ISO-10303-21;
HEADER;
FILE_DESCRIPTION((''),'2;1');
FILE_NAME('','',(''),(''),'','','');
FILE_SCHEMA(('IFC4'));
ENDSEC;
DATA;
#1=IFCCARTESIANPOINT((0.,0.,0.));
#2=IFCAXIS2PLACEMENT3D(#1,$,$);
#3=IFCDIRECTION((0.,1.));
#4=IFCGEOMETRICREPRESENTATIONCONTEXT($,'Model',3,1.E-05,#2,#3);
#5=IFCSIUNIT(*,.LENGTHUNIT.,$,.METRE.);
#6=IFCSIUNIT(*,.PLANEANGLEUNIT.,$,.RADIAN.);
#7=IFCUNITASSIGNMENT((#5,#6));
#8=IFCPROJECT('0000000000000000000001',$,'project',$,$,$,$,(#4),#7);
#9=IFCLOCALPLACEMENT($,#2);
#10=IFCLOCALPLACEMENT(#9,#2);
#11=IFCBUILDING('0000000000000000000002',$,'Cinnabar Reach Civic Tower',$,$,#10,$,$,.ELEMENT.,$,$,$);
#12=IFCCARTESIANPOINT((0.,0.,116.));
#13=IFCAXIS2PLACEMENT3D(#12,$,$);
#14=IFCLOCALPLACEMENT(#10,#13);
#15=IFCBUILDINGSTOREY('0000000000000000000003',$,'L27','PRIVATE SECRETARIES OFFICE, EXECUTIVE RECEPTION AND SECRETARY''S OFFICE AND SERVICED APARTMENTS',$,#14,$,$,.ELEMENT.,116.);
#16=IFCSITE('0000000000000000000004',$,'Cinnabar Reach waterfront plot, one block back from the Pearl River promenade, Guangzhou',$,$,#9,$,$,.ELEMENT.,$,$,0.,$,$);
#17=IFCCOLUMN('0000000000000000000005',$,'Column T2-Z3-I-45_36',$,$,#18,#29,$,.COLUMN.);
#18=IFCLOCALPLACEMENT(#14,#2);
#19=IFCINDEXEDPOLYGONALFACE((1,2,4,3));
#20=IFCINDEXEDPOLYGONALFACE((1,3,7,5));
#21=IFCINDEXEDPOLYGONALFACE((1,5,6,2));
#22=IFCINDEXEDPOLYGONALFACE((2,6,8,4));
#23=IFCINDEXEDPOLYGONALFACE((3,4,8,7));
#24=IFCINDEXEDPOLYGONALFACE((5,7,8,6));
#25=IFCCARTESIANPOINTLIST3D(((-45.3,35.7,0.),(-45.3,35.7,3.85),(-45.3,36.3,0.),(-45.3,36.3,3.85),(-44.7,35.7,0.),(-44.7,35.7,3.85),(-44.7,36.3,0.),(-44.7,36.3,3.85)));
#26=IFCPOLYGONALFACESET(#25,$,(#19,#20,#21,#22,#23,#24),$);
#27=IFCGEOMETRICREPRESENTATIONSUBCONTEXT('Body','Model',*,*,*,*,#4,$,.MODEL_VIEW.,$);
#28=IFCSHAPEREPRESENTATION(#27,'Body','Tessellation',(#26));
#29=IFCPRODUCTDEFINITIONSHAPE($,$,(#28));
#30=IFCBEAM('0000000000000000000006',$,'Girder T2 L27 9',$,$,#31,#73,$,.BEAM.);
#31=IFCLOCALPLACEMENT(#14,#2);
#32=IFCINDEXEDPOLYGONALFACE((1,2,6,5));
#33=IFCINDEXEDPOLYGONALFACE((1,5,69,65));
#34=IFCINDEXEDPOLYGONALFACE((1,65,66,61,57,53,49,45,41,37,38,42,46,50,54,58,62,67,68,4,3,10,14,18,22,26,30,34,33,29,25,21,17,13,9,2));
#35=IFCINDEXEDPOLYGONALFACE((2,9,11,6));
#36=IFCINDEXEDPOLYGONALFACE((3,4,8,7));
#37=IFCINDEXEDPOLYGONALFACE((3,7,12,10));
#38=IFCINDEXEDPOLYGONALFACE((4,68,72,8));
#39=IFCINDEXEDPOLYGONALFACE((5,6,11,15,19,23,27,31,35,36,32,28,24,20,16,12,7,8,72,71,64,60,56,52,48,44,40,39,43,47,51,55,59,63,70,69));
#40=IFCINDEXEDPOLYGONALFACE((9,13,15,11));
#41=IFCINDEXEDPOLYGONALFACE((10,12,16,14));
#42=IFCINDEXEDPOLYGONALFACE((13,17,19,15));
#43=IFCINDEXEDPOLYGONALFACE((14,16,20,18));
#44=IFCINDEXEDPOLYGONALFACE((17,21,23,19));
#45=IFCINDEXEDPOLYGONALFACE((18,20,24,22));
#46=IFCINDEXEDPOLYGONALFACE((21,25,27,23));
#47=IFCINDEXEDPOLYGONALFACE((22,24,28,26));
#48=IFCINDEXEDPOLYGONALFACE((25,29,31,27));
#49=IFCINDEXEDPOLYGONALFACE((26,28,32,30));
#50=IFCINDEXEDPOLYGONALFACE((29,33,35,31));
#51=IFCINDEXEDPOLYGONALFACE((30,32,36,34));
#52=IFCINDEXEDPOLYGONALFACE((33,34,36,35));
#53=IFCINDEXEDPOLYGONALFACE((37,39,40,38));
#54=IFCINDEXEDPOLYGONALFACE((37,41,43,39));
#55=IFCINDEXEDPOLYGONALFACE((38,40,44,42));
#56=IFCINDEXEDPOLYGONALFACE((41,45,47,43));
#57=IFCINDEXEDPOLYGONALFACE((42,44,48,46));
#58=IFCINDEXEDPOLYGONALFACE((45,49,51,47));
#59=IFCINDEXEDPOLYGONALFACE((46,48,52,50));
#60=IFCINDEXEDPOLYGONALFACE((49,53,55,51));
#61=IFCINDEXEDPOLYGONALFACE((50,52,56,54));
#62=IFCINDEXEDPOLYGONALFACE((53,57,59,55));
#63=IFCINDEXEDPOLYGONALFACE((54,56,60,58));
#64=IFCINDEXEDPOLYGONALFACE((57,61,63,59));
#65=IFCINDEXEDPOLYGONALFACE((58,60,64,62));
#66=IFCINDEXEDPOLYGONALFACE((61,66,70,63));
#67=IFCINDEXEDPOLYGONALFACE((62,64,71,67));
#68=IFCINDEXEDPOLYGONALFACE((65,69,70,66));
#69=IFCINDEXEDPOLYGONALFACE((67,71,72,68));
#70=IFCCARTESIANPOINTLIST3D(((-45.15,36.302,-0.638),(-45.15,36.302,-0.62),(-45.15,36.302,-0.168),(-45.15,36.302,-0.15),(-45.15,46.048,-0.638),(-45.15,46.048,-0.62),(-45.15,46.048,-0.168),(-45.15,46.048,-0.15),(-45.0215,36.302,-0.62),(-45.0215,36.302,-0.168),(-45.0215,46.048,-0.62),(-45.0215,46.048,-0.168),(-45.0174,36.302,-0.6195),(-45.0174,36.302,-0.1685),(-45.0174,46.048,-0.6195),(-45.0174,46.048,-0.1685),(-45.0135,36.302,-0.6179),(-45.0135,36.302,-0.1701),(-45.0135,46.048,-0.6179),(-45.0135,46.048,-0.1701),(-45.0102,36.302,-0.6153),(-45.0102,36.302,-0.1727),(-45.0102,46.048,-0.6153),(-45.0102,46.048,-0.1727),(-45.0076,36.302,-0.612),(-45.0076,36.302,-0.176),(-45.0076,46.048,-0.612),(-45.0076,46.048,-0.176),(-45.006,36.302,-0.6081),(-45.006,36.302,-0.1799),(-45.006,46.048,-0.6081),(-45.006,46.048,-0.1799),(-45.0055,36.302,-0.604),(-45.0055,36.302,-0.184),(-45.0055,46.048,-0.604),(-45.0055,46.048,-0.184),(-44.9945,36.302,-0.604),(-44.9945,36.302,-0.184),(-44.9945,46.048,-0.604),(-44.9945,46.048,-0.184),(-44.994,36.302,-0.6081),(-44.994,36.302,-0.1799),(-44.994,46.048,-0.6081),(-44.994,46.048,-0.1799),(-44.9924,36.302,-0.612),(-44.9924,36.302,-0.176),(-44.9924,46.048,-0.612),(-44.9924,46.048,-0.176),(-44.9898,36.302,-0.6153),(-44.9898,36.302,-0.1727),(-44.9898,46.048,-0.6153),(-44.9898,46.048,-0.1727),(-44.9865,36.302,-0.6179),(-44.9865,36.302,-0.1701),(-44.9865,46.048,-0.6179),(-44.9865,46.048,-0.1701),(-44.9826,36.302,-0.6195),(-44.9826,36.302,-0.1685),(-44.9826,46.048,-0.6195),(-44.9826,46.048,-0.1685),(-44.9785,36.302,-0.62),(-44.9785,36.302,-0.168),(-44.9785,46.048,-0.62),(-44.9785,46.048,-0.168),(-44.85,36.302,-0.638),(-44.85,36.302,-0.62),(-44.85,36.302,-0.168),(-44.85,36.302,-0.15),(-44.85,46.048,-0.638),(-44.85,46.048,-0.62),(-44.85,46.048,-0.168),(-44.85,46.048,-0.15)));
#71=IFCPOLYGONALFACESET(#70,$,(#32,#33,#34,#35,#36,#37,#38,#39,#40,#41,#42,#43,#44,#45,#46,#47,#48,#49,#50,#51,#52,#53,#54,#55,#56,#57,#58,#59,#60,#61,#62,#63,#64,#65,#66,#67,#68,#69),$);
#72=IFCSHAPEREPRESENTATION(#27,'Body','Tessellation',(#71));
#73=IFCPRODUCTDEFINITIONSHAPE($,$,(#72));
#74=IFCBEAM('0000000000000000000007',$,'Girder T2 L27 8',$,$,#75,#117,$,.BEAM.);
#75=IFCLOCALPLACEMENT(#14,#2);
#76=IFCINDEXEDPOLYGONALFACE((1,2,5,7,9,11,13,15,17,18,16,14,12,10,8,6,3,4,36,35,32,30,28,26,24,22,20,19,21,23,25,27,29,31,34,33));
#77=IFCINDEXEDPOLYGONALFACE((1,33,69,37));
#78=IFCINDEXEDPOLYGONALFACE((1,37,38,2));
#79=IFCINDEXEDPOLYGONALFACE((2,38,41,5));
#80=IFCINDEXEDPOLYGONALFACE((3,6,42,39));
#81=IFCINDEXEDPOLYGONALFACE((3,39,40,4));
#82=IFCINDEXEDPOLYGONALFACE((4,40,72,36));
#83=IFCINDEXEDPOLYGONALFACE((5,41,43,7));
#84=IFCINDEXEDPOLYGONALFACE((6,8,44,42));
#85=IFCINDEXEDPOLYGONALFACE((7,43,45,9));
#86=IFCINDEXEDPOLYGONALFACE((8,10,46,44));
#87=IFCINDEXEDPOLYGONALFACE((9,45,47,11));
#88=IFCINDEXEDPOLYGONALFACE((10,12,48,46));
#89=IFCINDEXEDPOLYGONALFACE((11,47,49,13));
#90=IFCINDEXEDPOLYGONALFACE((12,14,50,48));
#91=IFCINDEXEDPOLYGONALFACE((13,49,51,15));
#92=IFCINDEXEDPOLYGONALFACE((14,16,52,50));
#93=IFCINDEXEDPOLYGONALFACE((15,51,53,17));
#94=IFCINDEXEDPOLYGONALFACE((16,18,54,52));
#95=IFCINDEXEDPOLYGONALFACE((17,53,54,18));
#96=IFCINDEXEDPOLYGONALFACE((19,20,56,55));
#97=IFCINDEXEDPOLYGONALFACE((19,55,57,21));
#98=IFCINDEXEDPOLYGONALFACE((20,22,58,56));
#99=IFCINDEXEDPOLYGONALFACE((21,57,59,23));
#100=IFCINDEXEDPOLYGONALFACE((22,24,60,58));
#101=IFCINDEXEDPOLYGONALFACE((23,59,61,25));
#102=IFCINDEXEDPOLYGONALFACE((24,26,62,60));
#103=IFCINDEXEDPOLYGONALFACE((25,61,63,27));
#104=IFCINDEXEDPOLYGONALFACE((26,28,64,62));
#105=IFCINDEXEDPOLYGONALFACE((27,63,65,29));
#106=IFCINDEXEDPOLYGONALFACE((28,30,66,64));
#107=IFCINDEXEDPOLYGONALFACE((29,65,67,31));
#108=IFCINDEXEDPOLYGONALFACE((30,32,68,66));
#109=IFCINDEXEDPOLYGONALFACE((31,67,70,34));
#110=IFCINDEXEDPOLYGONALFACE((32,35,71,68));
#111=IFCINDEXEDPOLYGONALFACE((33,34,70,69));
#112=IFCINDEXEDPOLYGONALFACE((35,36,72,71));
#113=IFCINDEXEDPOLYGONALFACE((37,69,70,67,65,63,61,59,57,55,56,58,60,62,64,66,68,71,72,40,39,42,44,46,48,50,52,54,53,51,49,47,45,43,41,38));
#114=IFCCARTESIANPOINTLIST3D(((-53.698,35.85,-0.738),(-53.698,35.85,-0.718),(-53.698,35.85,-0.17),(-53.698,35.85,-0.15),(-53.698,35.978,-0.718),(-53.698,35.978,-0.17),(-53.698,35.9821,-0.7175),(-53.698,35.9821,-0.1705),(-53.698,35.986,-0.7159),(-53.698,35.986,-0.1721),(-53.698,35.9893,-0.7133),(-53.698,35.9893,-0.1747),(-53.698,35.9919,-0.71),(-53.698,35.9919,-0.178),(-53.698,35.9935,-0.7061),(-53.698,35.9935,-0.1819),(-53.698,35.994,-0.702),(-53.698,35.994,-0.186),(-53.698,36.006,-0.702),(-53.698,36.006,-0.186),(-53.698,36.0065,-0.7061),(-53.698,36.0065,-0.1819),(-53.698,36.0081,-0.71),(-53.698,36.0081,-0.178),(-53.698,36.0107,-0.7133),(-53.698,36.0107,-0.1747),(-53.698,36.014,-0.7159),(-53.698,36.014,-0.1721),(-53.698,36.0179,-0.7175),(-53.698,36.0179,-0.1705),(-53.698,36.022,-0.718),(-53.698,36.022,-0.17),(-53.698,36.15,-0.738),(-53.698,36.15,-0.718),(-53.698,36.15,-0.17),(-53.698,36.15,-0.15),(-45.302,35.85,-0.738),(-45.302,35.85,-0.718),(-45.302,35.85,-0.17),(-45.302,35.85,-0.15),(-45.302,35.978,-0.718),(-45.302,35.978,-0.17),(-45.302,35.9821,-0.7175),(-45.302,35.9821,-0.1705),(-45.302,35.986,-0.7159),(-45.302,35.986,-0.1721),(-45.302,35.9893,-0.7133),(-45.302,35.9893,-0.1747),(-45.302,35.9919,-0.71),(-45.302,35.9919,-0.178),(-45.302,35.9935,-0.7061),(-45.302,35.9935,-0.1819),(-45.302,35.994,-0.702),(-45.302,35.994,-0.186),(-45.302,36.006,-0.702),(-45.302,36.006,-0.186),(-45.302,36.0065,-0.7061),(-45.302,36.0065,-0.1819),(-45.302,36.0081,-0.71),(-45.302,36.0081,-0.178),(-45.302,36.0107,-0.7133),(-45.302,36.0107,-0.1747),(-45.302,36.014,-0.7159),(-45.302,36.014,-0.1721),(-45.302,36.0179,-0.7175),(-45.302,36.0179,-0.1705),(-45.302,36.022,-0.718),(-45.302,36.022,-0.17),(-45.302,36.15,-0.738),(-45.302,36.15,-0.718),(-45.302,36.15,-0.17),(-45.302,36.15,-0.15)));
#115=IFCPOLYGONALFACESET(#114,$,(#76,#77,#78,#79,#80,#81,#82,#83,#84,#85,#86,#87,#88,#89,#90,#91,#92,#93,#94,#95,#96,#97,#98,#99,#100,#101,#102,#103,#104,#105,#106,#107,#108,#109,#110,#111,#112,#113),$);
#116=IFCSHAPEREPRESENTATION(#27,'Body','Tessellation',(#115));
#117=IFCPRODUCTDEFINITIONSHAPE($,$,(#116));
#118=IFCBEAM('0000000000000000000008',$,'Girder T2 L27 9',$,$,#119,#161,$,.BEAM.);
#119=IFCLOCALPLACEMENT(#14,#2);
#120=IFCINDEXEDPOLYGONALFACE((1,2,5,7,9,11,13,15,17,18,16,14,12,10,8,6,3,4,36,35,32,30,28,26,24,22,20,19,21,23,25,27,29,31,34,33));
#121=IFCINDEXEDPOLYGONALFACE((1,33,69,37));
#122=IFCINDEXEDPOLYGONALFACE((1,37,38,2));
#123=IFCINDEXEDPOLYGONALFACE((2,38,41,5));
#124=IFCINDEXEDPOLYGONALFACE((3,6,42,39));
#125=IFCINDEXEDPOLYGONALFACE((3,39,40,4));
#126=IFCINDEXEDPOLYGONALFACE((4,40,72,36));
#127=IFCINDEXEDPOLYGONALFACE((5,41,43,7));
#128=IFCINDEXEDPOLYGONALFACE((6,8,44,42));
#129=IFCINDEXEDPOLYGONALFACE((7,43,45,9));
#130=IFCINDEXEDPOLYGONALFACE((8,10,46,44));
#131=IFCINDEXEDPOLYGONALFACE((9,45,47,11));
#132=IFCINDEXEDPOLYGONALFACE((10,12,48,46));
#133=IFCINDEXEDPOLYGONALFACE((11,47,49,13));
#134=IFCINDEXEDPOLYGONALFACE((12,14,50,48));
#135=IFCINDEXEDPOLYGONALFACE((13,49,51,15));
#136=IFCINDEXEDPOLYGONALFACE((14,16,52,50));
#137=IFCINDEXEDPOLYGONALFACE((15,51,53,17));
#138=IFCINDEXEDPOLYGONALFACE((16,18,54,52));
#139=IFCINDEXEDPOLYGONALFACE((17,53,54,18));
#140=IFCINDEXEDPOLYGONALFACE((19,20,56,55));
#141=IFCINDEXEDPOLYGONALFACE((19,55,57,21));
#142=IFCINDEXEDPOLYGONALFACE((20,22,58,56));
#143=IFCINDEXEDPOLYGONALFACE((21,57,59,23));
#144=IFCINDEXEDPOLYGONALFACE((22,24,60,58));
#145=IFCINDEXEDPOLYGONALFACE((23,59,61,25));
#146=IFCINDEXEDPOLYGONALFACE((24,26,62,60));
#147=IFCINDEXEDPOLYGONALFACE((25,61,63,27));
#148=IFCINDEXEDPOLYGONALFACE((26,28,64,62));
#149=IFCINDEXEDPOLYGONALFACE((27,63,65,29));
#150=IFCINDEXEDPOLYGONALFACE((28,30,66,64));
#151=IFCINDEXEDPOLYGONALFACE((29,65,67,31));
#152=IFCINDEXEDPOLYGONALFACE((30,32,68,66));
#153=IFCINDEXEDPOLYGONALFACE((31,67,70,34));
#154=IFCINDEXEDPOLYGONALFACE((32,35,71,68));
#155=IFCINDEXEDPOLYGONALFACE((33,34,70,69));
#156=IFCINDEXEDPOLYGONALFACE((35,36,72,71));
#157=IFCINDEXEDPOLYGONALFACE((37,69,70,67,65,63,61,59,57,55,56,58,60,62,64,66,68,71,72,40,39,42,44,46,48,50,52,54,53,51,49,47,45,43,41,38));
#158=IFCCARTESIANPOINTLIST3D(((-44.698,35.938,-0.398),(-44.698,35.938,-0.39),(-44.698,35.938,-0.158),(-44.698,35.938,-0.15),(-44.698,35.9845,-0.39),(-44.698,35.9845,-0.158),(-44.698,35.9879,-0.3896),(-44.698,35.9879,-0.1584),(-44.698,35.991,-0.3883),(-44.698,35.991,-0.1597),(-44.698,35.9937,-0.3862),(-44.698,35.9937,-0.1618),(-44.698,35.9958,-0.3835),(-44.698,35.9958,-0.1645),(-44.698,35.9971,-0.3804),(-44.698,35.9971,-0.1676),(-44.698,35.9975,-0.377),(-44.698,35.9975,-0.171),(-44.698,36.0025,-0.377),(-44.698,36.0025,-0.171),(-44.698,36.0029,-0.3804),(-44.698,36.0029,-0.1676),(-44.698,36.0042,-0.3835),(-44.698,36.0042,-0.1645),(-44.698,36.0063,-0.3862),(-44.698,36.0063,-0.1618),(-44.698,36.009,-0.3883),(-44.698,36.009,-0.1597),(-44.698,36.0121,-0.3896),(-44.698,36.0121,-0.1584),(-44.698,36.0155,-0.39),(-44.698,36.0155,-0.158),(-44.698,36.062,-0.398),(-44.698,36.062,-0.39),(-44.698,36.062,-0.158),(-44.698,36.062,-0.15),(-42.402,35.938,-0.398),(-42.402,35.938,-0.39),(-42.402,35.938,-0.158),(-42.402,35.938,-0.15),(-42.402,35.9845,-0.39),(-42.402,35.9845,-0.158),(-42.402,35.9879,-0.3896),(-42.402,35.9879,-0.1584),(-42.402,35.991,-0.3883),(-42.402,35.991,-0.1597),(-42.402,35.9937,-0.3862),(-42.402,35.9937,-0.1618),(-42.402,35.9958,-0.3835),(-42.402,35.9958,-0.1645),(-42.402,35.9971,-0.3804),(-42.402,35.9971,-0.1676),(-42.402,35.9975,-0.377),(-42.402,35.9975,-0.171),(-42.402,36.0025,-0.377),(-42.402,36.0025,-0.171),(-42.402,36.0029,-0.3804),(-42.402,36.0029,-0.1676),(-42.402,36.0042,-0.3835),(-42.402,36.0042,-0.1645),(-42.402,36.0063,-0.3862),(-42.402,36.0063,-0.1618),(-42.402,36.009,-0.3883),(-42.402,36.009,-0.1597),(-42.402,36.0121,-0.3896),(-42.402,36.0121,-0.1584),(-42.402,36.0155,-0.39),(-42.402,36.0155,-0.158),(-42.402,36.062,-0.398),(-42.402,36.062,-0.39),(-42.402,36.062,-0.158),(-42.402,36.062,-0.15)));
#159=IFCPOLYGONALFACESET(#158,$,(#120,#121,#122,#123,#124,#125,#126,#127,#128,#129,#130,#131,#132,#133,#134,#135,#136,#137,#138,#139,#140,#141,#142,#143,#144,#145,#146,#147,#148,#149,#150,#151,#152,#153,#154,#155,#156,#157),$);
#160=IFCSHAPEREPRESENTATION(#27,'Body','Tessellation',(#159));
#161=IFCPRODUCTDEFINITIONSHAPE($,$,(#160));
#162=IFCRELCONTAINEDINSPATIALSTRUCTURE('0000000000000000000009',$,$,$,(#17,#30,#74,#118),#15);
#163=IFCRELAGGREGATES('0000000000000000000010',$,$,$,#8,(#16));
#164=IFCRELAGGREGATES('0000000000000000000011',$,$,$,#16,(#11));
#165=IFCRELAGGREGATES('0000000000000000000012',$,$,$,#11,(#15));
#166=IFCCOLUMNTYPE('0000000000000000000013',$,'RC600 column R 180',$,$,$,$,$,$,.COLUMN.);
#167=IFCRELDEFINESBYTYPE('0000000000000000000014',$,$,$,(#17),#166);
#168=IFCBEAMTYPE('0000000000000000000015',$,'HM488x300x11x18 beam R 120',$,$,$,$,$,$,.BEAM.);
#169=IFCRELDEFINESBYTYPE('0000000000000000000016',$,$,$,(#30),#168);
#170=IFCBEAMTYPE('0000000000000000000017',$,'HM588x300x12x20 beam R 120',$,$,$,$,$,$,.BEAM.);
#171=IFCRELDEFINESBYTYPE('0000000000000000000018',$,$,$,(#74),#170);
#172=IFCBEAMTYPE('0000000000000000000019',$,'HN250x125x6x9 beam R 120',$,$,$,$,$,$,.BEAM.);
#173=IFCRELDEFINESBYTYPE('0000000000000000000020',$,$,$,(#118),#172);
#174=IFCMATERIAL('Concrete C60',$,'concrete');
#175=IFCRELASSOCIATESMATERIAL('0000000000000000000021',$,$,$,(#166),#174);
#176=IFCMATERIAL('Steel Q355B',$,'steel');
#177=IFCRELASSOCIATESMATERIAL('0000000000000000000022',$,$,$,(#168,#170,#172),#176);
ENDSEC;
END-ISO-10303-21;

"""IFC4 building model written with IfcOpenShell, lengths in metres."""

from ifc_helpers import new_model, si_unit, direction, frame, origin, origin_2d, place, context, subcontext, project, spatial, rectangle, i_section, extrude, material, material_profile, profile_set, type_object, element, save


model = new_model("IFC4")

# Units and contexts
model_context = context("Model", 3, precision=1e-05, world=origin(), true_north=direction((0.0, 1.0)))
body_context = subcontext(model_context, "Body", "Model", "MODEL_VIEW")
ifc_project = project(units=[si_unit("LENGTHUNIT", "METRE"), si_unit("PLANEANGLEUNIT", "RADIAN")], contexts=[model_context])

# Site, building, storey
site_placement = place(None, origin())
site = spatial("IfcSite", under=ifc_project, at=site_placement, Name="Cinnabar Reach waterfront plot, one block back from the Pearl River promenade, Guangzhou", CompositionType="ELEMENT", RefElevation=0.0)
building_placement = place(site_placement, origin())
building = spatial("IfcBuilding", under=site, at=building_placement, Name="Cinnabar Reach Civic Tower", CompositionType="ELEMENT")
storey_placement = place(building_placement, frame((0.0, 0.0, 116.0)))
storey = spatial("IfcBuildingStorey", under=building, at=storey_placement, Name="L27", Description="PRIVATE SECRETARIES OFFICE, EXECUTIVE RECEPTION AND SECRETARY'S OFFICE AND SERVICED APARTMENTS", CompositionType="ELEMENT", Elevation=116.0)

# Column
ifc_material_1 = material(Name="Concrete C60", Category="concrete")
ifc_material_profile_1 = material_profile(ifc_material_1, rectangle(XDim=0.6, YDim=0.6, at=origin_2d()), Name="RC600")
ifc_profile_set_1 = profile_set([ifc_material_profile_1], Name="Concrete C60")
column_type = type_object("IfcColumnType", Name="RC600 column R 180", PredefinedType="COLUMN", material=ifc_profile_set_1)
column_placement = place(storey_placement, frame((-45.0, 36.0, 0.0), z_axis=(0.0, 0.0, 1.0), x_axis=(1.0, 0.0, 0.0)))
element("IfcColumn", 1, at=column_placement, inside=storey, type_object=column_type, Name="Column T2-Z3-I-45_36", PredefinedType="COLUMN", context=body_context, shape_type="SweptSolid", body=[
    extrude(rectangle(XDim=0.6, YDim=0.6, at=origin_2d()), origin(), (0.0, 0.0, 1.0), 3.85),
])

# Beams
ifc_material_2 = material(Name="Steel Q355B", Category="steel")
ifc_material_profile_2 = material_profile(ifc_material_2, i_section(OverallWidth=0.3, OverallDepth=0.488, WebThickness=0.011, FlangeThickness=0.018, FilletRadius=0.016, at=origin_2d()), Name="HM488x300x11x18")
ifc_profile_set_2 = profile_set([ifc_material_profile_2], Name="Steel Q355B")
beam_type_1 = type_object("IfcBeamType", Name="HM488x300x11x18 beam R 120", PredefinedType="BEAM", material=ifc_profile_set_2)
beam_1_placement = place(storey_placement, frame((-45.0, 36.302, -0.394), z_axis=(0.0, 1.0, 0.0), x_axis=(-1.0, 0.0, 0.0)))
element("IfcBeam", 2, at=beam_1_placement, inside=storey, type_object=beam_type_1, Name="Girder T2 L27 9", PredefinedType="BEAM", context=body_context, shape_type="SweptSolid", body=[
    extrude(i_section(OverallWidth=0.3, OverallDepth=0.488, WebThickness=0.011, FlangeThickness=0.018, FilletRadius=0.016, at=origin_2d()), origin(), (0.0, 0.0, 1.0), 9.746),
])
ifc_material_profile_3 = material_profile(ifc_material_2, i_section(OverallWidth=0.3, OverallDepth=0.588, WebThickness=0.012, FlangeThickness=0.02, FilletRadius=0.016, at=origin_2d()), Name="HM588x300x12x20")
ifc_profile_set_3 = profile_set([ifc_material_profile_3], Name="Steel Q355B")
beam_type_2 = type_object("IfcBeamType", Name="HM588x300x12x20 beam R 120", PredefinedType="BEAM", material=ifc_profile_set_3)
beam_2_placement = place(storey_placement, frame((-53.698, 36.0, -0.444), z_axis=(1.0, 0.0, 0.0), x_axis=(0.0, 1.0, 0.0)))
element("IfcBeam", 3, at=beam_2_placement, inside=storey, type_object=beam_type_2, Name="Girder T2 L27 8", PredefinedType="BEAM", context=body_context, shape_type="SweptSolid", body=[
    extrude(i_section(OverallWidth=0.3, OverallDepth=0.588, WebThickness=0.012, FlangeThickness=0.02, FilletRadius=0.016, at=origin_2d()), origin(), (0.0, 0.0, 1.0), 8.396),
])
ifc_material_profile_4 = material_profile(ifc_material_2, i_section(OverallWidth=0.124, OverallDepth=0.248, WebThickness=0.005, FlangeThickness=0.008, FilletRadius=0.013, at=origin_2d()), Name="HN250x125x6x9")
ifc_profile_set_4 = profile_set([ifc_material_profile_4], Name="Steel Q355B")
beam_type_3 = type_object("IfcBeamType", Name="HN250x125x6x9 beam R 120", PredefinedType="BEAM", material=ifc_profile_set_4)
beam_3_placement = place(storey_placement, frame((-44.698, 36.0, -0.274), z_axis=(1.0, 0.0, 0.0), x_axis=(0.0, 1.0, 0.0)))
element("IfcBeam", 4, at=beam_3_placement, inside=storey, type_object=beam_type_3, Name="Girder T2 L27 9", PredefinedType="BEAM", context=body_context, shape_type="SweptSolid", body=[
    extrude(i_section(OverallWidth=0.124, OverallDepth=0.248, WebThickness=0.005, FlangeThickness=0.008, FilletRadius=0.013, at=origin_2d()), origin(), (0.0, 0.0, 1.0), 2.296),
])

save(model, "model.ifc")
